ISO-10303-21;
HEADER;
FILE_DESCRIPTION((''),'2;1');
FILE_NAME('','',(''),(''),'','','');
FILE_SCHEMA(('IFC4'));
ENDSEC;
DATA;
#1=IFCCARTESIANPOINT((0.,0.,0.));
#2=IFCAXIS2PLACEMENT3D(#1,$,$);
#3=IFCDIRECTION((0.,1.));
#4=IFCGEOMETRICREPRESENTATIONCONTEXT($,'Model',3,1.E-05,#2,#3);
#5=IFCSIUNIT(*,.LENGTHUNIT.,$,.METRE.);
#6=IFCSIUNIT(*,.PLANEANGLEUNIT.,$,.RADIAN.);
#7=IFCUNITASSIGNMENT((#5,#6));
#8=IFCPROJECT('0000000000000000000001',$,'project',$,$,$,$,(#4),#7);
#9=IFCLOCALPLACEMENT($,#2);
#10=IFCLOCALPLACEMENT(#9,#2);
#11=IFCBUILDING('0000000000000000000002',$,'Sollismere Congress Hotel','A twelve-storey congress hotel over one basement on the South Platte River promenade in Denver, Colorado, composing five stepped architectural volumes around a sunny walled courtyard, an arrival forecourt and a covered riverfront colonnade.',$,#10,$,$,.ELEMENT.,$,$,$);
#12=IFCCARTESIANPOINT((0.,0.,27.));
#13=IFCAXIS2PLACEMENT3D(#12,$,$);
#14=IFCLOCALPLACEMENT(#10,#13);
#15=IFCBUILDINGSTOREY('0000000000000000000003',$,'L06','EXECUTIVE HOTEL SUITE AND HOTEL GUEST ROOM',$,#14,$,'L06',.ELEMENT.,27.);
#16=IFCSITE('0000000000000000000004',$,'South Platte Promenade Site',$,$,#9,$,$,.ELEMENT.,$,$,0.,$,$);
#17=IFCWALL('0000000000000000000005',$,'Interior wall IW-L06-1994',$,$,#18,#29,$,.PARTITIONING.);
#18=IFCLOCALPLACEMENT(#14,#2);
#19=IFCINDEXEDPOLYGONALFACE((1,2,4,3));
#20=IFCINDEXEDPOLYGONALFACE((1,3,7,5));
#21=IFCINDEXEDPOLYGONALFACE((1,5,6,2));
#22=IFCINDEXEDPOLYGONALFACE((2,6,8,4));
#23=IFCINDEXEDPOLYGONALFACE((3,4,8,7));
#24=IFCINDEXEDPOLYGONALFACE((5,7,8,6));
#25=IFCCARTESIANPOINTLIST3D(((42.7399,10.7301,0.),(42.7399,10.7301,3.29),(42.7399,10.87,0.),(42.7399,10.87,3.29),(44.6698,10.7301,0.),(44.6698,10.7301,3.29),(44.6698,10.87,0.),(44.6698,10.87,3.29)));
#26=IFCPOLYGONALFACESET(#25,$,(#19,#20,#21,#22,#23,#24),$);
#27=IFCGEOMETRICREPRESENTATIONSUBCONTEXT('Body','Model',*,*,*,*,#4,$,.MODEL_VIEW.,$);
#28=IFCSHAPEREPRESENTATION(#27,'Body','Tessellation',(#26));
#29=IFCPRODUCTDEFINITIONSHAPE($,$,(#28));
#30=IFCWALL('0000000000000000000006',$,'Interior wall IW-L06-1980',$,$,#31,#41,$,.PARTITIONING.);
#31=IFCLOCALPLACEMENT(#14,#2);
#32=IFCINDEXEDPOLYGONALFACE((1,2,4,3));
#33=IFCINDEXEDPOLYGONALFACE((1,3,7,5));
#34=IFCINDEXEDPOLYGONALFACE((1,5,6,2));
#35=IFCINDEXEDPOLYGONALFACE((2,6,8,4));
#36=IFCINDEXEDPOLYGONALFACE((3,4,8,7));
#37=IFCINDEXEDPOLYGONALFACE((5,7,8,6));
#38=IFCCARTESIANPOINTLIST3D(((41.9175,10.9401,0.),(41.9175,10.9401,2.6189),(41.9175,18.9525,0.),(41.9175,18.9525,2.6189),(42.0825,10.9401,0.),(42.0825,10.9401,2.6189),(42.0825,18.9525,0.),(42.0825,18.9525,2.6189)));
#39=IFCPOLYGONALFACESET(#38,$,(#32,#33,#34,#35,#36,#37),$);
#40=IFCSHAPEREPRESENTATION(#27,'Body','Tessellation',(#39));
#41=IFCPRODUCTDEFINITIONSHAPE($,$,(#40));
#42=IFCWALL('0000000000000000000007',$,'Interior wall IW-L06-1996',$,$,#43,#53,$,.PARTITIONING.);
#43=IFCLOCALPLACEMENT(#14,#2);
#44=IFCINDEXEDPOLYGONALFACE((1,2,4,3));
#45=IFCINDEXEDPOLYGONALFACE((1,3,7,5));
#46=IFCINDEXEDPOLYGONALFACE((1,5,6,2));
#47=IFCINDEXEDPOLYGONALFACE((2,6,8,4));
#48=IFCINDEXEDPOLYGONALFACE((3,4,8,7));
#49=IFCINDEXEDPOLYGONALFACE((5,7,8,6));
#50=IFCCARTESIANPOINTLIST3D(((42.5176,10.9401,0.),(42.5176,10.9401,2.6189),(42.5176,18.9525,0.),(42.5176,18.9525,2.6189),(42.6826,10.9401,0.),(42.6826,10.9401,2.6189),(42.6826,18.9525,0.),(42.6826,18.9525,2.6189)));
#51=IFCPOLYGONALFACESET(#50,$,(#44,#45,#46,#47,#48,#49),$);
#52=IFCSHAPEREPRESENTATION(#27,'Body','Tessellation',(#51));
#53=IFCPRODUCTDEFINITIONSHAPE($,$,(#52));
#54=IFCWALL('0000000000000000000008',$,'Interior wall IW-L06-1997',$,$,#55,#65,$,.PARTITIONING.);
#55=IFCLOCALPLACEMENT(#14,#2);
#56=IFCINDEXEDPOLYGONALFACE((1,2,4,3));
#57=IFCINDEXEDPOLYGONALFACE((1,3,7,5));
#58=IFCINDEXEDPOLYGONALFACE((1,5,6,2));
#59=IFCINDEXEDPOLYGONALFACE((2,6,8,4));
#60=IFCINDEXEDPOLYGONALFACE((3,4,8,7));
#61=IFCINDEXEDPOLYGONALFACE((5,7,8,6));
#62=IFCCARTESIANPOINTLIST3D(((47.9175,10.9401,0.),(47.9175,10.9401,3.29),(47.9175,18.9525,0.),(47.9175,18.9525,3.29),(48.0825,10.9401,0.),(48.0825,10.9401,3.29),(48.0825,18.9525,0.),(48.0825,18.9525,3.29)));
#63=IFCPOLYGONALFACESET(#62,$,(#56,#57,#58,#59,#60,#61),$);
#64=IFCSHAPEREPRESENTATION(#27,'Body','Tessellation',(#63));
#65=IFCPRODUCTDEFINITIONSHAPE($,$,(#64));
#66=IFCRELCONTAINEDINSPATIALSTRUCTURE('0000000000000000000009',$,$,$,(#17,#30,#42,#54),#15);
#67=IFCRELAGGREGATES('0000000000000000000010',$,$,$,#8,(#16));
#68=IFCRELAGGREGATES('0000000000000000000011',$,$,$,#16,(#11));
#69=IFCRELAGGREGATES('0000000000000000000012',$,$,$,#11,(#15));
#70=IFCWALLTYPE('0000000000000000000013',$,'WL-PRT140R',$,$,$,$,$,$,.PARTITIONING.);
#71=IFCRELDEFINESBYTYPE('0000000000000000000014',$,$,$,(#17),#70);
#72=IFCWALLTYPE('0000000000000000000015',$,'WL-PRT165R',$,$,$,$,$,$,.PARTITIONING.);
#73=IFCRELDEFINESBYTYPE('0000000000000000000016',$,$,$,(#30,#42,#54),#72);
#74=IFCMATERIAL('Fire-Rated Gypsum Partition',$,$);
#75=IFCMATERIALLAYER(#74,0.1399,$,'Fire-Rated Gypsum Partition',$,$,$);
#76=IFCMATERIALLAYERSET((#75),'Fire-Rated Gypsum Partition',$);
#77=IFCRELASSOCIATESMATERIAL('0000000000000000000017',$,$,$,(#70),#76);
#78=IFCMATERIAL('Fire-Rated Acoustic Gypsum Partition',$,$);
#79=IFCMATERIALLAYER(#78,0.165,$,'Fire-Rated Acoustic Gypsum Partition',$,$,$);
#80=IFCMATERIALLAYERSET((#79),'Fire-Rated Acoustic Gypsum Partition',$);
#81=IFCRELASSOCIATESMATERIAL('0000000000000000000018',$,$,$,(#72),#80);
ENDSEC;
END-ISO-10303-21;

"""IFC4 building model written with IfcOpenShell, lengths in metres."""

from ifc_helpers import new_model, si_unit, direction, frame, frame_2d, origin, place, context, subcontext, project, spatial, rectangle, extrude, material, layer, layer_set, type_object, element, save


model = new_model("IFC4")

# Units and contexts
model_context = context("Model", 3, precision=1e-05, world=origin(), true_north=direction((0.0, 1.0)))
body_context = subcontext(model_context, "Body", "Model", "MODEL_VIEW")
ifc_project = project(units=[si_unit("LENGTHUNIT", "METRE"), si_unit("PLANEANGLEUNIT", "RADIAN")], contexts=[model_context])

# Site, building, storey
site_placement = place(None, origin())
site = spatial("IfcSite", under=ifc_project, at=site_placement, Name="South Platte Promenade Site", CompositionType="ELEMENT", RefElevation=0.0)
building_placement = place(site_placement, origin())
building = spatial("IfcBuilding", under=site, at=building_placement, Name="Sollismere Congress Hotel", Description="A twelve-storey congress hotel over one basement on the South Platte River promenade in Denver, Colorado, composing five stepped architectural volumes around a sunny walled courtyard, an arrival forecourt and a covered riverfront colonnade.", CompositionType="ELEMENT")
storey_placement = place(building_placement, frame((0.0, 0.0, 27.0)))
storey = spatial("IfcBuildingStorey", under=building, at=storey_placement, Name="L06", Description="EXECUTIVE HOTEL SUITE AND HOTEL GUEST ROOM", LongName="L06", CompositionType="ELEMENT", Elevation=27.0)

# Shared definitions
ifc_material_1 = material(Name="Fire-Rated Gypsum Partition")
ifc_layer_1 = layer(ifc_material_1, 0.1399, Name="Fire-Rated Gypsum Partition")
ifc_layer_set_1 = layer_set([ifc_layer_1], Name="Fire-Rated Gypsum Partition")
wall_type_1 = type_object("IfcWallType", Name="WL-PRT140R", PredefinedType="PARTITIONING", material=ifc_layer_set_1)

# Wall
wall_1_placement = place(storey_placement, frame((42.74, 10.8, 0.0), z_axis=(0.0, 0.0, 1.0), x_axis=(1.0, 0.0, 0.0)))
element("IfcWall", 1, at=wall_1_placement, inside=storey, type_object=wall_type_1, Name="Interior wall IW-L06-1994", PredefinedType="PARTITIONING", context=body_context, shape_type="SweptSolid", body=[
    extrude(rectangle(XDim=1.9299, YDim=0.1399, at=frame_2d((0.9648, 0.0))), origin(), (0.0, 0.0, 1.0), 3.29),
])

# Walls
ifc_material_2 = material(Name="Fire-Rated Acoustic Gypsum Partition")
ifc_layer_2 = layer(ifc_material_2, 0.165, Name="Fire-Rated Acoustic Gypsum Partition")
ifc_layer_set_2 = layer_set([ifc_layer_2], Name="Fire-Rated Acoustic Gypsum Partition")
wall_type_2 = type_object("IfcWallType", Name="WL-PRT165R", PredefinedType="PARTITIONING", material=ifc_layer_set_2)
for number, where, z_axis, x_axis, name in (
    (2, (42.0, 10.9399, 0.0), (0.0, 0.0, 1.0), (0.0, 1.0, 0.0), "Interior wall IW-L06-1980"),
    (3, (42.6001, 10.9399, 0.0), (0.0, 0.0, 1.0), (0.0, 1.0, 0.0), "Interior wall IW-L06-1996"),
):
    element("IfcWall", number, at=place(storey_placement, frame(where, z_axis=z_axis, x_axis=x_axis)), inside=storey, type_object=wall_type_2, Name=name, PredefinedType="PARTITIONING", context=body_context, shape_type="SweptSolid", body=[
        extrude(rectangle(XDim=8.0125, YDim=0.165, at=frame_2d((4.0063, 0.0))), origin(), (0.0, 0.0, 1.0), 2.6189),
    ])
wall_2_placement = place(storey_placement, frame((48.0, 10.9399, 0.0), z_axis=(0.0, 0.0, 1.0), x_axis=(0.0, 1.0, 0.0)))
element("IfcWall", 4, at=wall_2_placement, inside=storey, type_object=wall_type_2, Name="Interior wall IW-L06-1997", PredefinedType="PARTITIONING", context=body_context, shape_type="SweptSolid", body=[
    extrude(rectangle(XDim=8.0125, YDim=0.165, at=frame_2d((4.0063, 0.0))), origin(), (0.0, 0.0, 1.0), 3.29),
])

save(model, "model.ifc")
